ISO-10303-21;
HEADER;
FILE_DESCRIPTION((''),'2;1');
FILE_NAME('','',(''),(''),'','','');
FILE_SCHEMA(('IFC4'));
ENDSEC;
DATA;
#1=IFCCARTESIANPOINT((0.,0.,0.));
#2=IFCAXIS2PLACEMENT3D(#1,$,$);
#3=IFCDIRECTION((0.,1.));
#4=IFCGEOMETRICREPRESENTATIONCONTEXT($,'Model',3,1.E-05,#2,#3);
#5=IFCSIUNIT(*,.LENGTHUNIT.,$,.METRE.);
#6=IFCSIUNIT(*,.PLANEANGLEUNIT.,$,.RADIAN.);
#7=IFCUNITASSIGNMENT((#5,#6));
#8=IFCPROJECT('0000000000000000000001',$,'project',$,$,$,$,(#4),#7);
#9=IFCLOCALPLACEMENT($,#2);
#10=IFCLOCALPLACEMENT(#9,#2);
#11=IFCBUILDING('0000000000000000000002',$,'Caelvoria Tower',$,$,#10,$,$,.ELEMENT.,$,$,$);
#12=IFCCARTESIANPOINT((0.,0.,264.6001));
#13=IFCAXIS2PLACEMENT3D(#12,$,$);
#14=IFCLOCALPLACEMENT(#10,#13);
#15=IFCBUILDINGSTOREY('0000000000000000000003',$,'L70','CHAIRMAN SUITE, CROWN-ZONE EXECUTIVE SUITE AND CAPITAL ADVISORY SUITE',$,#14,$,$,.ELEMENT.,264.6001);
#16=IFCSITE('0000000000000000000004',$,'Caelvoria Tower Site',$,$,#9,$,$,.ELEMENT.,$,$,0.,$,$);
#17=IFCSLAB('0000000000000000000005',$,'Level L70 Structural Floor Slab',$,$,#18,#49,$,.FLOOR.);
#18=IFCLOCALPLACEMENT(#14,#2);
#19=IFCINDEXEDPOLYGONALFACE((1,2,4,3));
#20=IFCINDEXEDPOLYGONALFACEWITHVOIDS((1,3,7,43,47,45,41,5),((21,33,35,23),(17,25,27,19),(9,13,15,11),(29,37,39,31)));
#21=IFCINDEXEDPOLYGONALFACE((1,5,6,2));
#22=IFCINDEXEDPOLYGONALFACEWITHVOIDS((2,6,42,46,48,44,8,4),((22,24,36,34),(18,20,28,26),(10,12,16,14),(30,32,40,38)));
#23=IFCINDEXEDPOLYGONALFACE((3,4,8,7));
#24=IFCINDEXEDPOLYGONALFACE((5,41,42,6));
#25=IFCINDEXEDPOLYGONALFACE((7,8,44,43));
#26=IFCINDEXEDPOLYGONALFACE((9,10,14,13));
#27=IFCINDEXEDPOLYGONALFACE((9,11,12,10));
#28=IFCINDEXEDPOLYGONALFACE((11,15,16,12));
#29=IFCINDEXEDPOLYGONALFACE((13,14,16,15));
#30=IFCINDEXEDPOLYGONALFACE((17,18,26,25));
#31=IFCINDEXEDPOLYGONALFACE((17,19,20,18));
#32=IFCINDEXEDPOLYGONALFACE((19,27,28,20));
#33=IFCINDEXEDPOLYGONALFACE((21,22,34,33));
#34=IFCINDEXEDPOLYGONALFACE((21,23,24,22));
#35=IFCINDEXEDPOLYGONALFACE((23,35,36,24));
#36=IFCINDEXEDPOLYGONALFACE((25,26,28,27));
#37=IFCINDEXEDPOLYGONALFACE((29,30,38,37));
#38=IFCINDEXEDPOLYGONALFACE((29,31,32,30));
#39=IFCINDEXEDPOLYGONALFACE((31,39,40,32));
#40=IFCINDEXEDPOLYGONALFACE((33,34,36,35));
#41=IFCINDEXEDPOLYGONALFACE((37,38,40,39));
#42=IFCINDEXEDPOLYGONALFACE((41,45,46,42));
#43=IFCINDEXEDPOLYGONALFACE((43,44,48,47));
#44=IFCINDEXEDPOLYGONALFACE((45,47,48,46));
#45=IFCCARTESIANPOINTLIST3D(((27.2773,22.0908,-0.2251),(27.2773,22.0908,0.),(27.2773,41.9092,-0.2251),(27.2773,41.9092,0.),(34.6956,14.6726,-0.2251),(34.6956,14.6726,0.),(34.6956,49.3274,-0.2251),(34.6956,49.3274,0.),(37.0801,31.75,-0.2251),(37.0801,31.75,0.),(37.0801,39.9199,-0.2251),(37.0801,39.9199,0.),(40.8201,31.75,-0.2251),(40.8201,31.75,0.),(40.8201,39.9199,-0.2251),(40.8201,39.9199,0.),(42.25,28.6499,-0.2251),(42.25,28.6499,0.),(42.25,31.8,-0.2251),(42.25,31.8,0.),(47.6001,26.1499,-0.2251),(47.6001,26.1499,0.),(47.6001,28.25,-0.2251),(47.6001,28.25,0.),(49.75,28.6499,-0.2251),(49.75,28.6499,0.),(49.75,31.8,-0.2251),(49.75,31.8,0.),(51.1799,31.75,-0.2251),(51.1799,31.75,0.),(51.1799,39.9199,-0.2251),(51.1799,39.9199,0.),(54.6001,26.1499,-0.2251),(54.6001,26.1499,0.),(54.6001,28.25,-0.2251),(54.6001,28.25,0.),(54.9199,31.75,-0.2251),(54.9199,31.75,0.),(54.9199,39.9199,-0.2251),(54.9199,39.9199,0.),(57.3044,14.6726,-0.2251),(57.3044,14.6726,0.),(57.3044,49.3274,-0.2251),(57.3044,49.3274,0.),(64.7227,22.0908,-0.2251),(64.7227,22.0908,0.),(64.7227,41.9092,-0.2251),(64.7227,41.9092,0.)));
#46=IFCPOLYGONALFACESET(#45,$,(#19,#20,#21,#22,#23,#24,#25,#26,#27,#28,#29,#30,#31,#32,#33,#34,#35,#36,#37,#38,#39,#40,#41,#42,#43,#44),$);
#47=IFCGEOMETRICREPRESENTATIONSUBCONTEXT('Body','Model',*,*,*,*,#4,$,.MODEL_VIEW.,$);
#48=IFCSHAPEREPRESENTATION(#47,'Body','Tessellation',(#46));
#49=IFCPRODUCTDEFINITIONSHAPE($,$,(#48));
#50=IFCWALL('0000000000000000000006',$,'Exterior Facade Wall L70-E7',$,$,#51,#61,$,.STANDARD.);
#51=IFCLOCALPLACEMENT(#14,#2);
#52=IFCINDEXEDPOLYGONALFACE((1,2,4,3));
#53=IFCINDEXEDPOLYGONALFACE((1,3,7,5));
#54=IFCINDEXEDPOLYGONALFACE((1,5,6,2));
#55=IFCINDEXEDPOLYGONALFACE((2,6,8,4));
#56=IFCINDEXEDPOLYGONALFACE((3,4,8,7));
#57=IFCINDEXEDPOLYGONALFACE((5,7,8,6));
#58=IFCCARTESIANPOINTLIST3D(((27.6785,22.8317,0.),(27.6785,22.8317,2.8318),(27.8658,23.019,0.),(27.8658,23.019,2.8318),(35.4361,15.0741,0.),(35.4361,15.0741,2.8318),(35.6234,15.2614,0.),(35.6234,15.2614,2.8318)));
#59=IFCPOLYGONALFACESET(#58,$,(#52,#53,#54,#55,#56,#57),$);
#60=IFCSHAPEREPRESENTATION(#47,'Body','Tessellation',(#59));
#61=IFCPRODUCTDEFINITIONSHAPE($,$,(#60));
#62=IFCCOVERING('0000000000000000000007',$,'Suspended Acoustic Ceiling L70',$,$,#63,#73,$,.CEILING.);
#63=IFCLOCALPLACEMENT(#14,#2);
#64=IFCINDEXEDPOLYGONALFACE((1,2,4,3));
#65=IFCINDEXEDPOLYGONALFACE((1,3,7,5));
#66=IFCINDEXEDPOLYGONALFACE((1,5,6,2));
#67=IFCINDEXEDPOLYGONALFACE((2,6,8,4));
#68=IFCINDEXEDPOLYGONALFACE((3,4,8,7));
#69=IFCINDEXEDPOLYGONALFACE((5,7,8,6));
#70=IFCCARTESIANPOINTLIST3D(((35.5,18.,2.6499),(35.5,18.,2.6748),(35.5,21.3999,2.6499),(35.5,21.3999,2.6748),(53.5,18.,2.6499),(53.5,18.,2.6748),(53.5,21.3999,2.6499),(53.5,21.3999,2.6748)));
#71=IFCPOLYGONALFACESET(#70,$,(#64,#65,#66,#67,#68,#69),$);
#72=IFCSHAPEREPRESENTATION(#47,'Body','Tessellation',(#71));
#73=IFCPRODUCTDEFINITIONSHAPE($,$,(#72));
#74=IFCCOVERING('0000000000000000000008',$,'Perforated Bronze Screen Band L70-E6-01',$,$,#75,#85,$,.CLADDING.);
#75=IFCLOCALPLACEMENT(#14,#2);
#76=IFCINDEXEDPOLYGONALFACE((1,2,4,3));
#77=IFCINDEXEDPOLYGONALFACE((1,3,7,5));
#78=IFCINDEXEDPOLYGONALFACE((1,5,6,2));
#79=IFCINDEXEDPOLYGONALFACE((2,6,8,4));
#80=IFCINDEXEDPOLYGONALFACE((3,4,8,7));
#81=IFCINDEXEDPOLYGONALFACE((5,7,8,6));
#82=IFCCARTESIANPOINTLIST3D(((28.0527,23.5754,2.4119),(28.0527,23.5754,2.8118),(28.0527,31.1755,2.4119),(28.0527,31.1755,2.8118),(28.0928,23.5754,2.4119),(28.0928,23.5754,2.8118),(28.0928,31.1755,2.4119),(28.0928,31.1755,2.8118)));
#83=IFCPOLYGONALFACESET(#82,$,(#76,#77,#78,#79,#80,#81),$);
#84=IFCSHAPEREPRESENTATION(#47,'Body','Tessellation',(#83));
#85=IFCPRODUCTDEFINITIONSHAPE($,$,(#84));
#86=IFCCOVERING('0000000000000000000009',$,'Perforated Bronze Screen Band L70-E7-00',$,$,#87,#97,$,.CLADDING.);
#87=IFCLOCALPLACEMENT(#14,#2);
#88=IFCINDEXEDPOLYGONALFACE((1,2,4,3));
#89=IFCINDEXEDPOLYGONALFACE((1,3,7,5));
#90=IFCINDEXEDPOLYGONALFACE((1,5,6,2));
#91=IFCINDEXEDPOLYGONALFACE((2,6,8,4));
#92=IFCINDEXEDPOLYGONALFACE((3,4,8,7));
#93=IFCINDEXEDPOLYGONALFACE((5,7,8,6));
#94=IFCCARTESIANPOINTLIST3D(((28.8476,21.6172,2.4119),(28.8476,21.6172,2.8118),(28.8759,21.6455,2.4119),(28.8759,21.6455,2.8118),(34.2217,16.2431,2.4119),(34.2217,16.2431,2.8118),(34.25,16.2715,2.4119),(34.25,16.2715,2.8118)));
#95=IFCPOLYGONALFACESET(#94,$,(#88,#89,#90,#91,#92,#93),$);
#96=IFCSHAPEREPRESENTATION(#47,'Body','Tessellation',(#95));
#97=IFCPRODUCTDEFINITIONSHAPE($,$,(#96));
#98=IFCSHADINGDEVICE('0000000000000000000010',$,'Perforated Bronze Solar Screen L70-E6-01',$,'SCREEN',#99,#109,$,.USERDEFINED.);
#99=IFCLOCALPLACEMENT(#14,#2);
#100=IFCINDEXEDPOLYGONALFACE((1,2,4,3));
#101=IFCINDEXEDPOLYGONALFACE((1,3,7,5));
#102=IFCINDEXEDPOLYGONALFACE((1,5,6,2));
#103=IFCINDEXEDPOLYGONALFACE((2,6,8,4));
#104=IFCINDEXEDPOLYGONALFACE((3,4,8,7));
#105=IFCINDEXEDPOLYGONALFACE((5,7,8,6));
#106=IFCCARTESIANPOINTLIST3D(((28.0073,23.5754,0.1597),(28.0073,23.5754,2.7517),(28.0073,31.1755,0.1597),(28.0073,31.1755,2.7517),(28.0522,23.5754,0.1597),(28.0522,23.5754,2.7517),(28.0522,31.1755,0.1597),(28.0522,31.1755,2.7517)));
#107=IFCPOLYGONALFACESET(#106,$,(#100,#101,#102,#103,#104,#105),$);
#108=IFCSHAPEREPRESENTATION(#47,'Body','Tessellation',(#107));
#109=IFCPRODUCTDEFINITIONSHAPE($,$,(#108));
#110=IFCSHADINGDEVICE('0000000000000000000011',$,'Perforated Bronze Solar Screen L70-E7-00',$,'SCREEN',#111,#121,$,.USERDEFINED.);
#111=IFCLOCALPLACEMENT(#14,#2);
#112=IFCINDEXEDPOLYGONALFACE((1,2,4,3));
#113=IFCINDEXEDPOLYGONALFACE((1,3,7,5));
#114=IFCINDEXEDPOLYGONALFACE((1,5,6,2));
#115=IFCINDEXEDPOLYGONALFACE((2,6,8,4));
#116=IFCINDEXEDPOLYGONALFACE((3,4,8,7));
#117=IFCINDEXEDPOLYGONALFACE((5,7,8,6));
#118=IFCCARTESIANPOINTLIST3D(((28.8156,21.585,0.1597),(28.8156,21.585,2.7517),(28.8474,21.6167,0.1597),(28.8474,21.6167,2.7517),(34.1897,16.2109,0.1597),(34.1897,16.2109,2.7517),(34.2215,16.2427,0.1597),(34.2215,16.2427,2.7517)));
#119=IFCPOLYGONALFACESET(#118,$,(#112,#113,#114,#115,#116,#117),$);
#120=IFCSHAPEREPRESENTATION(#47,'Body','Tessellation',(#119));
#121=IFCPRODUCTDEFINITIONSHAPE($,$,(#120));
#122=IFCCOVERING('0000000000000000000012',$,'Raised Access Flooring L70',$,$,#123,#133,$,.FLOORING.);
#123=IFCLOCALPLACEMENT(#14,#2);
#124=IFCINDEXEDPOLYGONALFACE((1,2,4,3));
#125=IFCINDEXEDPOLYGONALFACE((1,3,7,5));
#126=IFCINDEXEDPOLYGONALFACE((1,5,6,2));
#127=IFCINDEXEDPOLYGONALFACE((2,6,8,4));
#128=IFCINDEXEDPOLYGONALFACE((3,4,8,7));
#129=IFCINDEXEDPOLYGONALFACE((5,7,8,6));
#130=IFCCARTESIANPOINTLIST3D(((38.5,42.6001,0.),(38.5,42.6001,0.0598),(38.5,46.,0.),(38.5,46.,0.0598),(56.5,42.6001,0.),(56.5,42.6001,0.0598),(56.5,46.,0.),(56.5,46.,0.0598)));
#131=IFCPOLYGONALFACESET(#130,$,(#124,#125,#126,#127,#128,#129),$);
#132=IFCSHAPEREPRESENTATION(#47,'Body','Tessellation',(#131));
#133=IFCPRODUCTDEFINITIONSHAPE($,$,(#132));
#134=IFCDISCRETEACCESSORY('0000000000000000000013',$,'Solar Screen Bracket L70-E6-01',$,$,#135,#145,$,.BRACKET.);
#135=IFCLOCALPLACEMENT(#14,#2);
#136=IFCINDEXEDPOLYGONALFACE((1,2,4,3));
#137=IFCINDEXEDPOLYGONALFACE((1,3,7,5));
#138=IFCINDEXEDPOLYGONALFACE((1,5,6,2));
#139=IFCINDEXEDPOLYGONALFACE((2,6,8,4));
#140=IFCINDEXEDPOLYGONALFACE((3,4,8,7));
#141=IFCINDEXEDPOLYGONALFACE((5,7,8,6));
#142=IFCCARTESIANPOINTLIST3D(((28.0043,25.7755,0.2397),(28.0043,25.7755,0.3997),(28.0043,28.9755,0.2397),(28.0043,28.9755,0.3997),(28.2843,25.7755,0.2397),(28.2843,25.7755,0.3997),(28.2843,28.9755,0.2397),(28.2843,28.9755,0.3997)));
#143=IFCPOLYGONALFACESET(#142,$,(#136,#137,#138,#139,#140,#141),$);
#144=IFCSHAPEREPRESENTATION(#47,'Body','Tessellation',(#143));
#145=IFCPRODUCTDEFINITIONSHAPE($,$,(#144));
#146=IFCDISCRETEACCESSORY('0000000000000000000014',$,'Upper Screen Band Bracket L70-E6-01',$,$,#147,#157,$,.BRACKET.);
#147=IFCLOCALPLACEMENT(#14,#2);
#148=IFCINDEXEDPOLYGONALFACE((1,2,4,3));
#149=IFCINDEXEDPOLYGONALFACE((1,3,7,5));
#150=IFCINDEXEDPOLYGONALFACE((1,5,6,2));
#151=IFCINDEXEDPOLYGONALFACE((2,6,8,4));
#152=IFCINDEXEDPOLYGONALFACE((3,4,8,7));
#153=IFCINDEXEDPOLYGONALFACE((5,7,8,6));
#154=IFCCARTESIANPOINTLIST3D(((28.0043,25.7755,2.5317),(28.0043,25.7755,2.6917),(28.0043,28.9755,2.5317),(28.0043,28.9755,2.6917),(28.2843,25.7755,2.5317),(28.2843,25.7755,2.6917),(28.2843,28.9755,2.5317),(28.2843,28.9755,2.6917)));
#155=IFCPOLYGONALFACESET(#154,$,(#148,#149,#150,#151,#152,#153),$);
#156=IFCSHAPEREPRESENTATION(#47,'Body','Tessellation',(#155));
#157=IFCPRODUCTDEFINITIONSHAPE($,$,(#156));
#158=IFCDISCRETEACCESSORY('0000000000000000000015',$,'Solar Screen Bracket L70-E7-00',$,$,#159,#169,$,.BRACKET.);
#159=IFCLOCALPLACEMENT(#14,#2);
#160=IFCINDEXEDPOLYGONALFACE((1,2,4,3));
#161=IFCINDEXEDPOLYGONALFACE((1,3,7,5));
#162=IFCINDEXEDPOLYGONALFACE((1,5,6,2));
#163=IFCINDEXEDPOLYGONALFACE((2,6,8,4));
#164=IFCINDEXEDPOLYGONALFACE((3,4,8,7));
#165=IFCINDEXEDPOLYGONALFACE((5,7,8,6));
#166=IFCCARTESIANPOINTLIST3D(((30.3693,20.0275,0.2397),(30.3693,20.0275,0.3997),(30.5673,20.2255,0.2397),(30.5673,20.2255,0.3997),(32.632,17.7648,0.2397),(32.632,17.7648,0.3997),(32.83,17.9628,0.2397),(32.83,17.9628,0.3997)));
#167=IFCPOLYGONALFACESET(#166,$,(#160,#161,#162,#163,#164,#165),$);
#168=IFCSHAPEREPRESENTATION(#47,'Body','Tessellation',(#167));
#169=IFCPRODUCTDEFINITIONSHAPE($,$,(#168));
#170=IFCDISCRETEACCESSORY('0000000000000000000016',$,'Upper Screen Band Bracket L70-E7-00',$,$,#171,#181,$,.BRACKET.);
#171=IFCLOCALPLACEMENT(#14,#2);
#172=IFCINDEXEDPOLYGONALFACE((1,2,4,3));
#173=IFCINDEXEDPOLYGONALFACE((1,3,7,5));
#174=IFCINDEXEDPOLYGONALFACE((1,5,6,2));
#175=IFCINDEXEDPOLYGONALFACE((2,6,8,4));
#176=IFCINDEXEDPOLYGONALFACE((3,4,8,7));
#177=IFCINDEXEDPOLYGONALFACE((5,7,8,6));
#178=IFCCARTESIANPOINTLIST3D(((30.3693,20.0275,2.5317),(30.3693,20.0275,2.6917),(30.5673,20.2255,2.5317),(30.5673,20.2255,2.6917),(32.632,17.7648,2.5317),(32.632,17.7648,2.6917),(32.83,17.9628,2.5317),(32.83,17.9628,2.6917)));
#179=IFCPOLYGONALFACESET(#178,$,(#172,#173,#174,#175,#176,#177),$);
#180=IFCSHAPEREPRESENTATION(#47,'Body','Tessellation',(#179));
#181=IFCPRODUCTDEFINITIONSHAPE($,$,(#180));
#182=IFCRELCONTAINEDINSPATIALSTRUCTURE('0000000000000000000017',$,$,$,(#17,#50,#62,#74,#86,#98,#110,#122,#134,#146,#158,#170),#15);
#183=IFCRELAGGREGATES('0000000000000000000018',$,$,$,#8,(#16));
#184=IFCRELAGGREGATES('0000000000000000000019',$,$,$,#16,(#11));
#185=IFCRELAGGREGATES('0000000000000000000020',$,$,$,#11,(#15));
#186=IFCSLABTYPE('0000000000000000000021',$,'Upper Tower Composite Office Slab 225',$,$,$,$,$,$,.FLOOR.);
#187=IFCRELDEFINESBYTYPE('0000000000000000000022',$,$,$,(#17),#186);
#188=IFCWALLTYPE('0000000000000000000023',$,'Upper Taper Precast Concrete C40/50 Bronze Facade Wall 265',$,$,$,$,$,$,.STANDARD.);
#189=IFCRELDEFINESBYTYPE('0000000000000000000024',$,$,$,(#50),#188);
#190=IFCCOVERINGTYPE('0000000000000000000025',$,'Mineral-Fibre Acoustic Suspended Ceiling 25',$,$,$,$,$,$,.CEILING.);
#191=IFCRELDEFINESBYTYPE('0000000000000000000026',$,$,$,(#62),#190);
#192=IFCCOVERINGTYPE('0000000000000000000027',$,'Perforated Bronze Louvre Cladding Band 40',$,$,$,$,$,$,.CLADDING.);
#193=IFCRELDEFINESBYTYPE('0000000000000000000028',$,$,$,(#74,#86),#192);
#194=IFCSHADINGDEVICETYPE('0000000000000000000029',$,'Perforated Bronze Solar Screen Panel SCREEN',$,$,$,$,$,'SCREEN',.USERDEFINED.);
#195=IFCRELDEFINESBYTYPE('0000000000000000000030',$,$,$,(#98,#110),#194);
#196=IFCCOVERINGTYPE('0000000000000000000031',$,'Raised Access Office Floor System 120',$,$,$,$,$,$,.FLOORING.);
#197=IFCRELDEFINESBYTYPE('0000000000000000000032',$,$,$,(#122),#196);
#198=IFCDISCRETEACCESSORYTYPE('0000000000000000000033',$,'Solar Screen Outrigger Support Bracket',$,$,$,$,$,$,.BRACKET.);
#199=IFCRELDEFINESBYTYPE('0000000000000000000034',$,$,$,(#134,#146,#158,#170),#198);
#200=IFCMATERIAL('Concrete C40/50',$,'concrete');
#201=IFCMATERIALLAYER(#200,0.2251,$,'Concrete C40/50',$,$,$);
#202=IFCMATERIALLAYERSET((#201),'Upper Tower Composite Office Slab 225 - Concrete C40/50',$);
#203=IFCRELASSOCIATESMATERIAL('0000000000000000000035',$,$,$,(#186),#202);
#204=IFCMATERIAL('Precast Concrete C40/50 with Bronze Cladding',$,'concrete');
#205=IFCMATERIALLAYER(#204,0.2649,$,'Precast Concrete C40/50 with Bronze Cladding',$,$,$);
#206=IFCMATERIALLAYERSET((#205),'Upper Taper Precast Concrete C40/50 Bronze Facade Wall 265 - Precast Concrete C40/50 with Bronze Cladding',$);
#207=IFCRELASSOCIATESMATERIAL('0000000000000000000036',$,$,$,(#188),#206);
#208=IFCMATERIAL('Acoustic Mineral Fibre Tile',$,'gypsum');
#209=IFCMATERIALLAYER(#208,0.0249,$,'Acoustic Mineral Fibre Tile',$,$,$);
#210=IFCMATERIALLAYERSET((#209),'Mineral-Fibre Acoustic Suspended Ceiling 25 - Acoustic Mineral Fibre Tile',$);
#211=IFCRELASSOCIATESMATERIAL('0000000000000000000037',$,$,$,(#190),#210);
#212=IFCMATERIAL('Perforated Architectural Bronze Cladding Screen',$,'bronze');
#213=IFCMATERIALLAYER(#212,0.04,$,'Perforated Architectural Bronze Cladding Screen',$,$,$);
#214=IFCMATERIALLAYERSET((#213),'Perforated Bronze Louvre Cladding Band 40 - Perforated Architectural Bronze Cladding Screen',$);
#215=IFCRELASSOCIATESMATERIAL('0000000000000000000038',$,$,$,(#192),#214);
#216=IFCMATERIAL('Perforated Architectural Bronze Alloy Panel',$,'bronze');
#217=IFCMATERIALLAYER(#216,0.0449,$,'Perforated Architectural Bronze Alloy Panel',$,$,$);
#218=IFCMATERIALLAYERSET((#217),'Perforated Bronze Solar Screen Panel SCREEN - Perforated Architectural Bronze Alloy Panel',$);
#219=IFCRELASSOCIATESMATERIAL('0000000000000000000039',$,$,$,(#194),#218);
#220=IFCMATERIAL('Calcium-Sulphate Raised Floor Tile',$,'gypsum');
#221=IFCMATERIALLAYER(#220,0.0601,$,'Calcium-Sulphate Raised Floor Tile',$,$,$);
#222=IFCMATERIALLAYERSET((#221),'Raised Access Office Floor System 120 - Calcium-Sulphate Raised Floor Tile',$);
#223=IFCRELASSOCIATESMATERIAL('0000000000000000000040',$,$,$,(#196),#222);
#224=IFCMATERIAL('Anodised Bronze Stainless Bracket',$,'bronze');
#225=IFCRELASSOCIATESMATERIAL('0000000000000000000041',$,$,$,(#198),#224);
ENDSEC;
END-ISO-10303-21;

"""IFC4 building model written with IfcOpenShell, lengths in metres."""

from ifc_helpers import new_model, si_unit, direction, frame, frame_2d, origin, origin_2d, place, context, subcontext, project, spatial, polyline, rectangle, outline, extrude, material, layer, layer_set, type_object, element, save


model = new_model("IFC4")

# Units and contexts
model_context = context("Model", 3, precision=1e-05, world=origin(), true_north=direction((0.0, 1.0)))
body_context = subcontext(model_context, "Body", "Model", "MODEL_VIEW")
ifc_project = project(units=[si_unit("LENGTHUNIT", "METRE"), si_unit("PLANEANGLEUNIT", "RADIAN")], contexts=[model_context])

# Site, building, storey
site_placement = place(None, origin())
site = spatial("IfcSite", under=ifc_project, at=site_placement, Name="Caelvoria Tower Site", CompositionType="ELEMENT", RefElevation=0.0)
building_placement = place(site_placement, origin())
building = spatial("IfcBuilding", under=site, at=building_placement, Name="Caelvoria Tower", CompositionType="ELEMENT")
storey_placement = place(building_placement, frame((0.0, 0.0, 264.6001)))
storey = spatial("IfcBuildingStorey", under=building, at=storey_placement, Name="L70", Description="CHAIRMAN SUITE, CROWN-ZONE EXECUTIVE SUITE AND CAPITAL ADVISORY SUITE", CompositionType="ELEMENT", Elevation=264.6001)

# Shared definitions
ifc_material_1 = material(Name="Concrete C40/50", Category="concrete")

# Slab
ifc_layer_1 = layer(ifc_material_1, 0.2251, Name="Concrete C40/50")
ifc_layer_set_1 = layer_set([ifc_layer_1], Name="Upper Tower Composite Office Slab 225 - Concrete C40/50")
slab_type_1 = type_object("IfcSlabType", Name="Upper Tower Composite Office Slab 225", PredefinedType="FLOOR", material=ifc_layer_set_1)
slab_1_placement = place(storey_placement, frame((0.0, 0.0, -0.2251)))
element("IfcSlab", 1, at=slab_1_placement, inside=storey, type_object=slab_type_1, Name="Level L70 Structural Floor Slab", PredefinedType="FLOOR", context=body_context, shape_type="SweptSolid", body=[
    extrude(outline(polyline([(34.6956, 14.6726), (57.3044, 14.6726), (64.7227, 22.0908), (64.7227, 41.9092), (57.3044, 49.3274), (34.6956, 49.3274), (27.2773, 41.9092), (27.2773, 22.0908), (34.6956, 14.6726)]), holes=[polyline([(37.0801, 31.75), (40.8201, 31.75), (40.8201, 39.9199), (37.0801, 39.9199), (37.0801, 31.75)]), polyline([(51.1799, 31.75), (54.9199, 31.75), (54.9199, 39.9199), (51.1799, 39.9199), (51.1799, 31.75)]), polyline([(42.25, 28.6499), (49.75, 28.6499), (49.75, 31.8), (42.25, 31.8), (42.25, 28.6499)]), polyline([(47.6001, 26.1499), (54.6001, 26.1499), (54.6001, 28.25), (47.6001, 28.25), (47.6001, 26.1499)])]), origin(), (0.0, 0.0, 1.0), 0.2251),
])

# Wall
ifc_material_2 = material(Name="Precast Concrete C40/50 with Bronze Cladding", Category="concrete")
ifc_layer_2 = layer(ifc_material_2, 0.2649, Name="Precast Concrete C40/50 with Bronze Cladding")
ifc_layer_set_2 = layer_set([ifc_layer_2], Name="Upper Taper Precast Concrete C40/50 Bronze Facade Wall 265 - Precast Concrete C40/50 with Bronze Cladding")
wall_type = type_object("IfcWallType", Name="Upper Taper Precast Concrete C40/50 Bronze Facade Wall 265", PredefinedType="STANDARD", material=ifc_layer_set_2)
wall_placement = place(storey_placement, frame((27.7722, 22.9253, 0.0), z_axis=(0.0, 0.0, 1.0), x_axis=(0.707107, -0.707107, 0.0)))
element("IfcWall", 2, at=wall_placement, inside=storey, type_object=wall_type, Name="Exterior Facade Wall L70-E7", PredefinedType="STANDARD", context=body_context, shape_type="SweptSolid", body=[
    extrude(rectangle(XDim=10.9709, YDim=0.2649, at=frame_2d((5.4854, 0.0))), origin(), (0.0, 0.0, 1.0), 2.8318),
])

# Coverings
ifc_material_3 = material(Name="Acoustic Mineral Fibre Tile", Category="gypsum")
ifc_layer_3 = layer(ifc_material_3, 0.0249, Name="Acoustic Mineral Fibre Tile")
ifc_layer_set_3 = layer_set([ifc_layer_3], Name="Mineral-Fibre Acoustic Suspended Ceiling 25 - Acoustic Mineral Fibre Tile")
covering_type_1 = type_object("IfcCoveringType", Name="Mineral-Fibre Acoustic Suspended Ceiling 25", PredefinedType="CEILING", material=ifc_layer_set_3)
covering_1_placement = place(storey_placement, frame((0.0, 0.0, 2.6499)))
element("IfcCovering", 3, at=covering_1_placement, inside=storey, type_object=covering_type_1, Name="Suspended Acoustic Ceiling L70", PredefinedType="CEILING", context=body_context, shape_type="SweptSolid", body=[
    extrude(outline(polyline([(35.5, 18.0), (53.5, 18.0), (53.5, 21.3999), (35.5, 21.3999), (35.5, 18.0)])), origin(), (0.0, 0.0, 1.0), 0.0249),
])
ifc_material_4 = material(Name="Perforated Architectural Bronze Cladding Screen", Category="bronze")
ifc_layer_4 = layer(ifc_material_4, 0.04, Name="Perforated Architectural Bronze Cladding Screen")
ifc_layer_set_4 = layer_set([ifc_layer_4], Name="Perforated Bronze Louvre Cladding Band 40 - Perforated Architectural Bronze Cladding Screen")
covering_type_2 = type_object("IfcCoveringType", Name="Perforated Bronze Louvre Cladding Band 40", PredefinedType="CLADDING", material=ifc_layer_set_4)
for number, where, z_axis, x_axis, name in (
    (4, (28.0728, 27.3755, 2.4119), (0.0, 0.0, 1.0), (0.0, -1.0, 0.0), "Perforated Bronze Screen Band L70-E6-01"),
    (5, (31.5488, 18.9443, 2.4119), (0.0, 0.0, 1.0), (0.707107, -0.707107, 0.0), "Perforated Bronze Screen Band L70-E7-00"),
):
    element("IfcCovering", number, at=place(storey_placement, frame(where, z_axis=z_axis, x_axis=x_axis)), inside=storey, type_object=covering_type_2, Name=name, PredefinedType="CLADDING", context=body_context, shape_type="SweptSolid", body=[
        extrude(rectangle(XDim=7.6001, YDim=0.04, at=origin_2d()), origin(), (0.0, 0.0, 1.0), 0.3999),
    ])

# Shading devices
ifc_material_5 = material(Name="Perforated Architectural Bronze Alloy Panel", Category="bronze")
ifc_layer_5 = layer(ifc_material_5, 0.0449, Name="Perforated Architectural Bronze Alloy Panel")
ifc_layer_set_5 = layer_set([ifc_layer_5], Name="Perforated Bronze Solar Screen Panel SCREEN - Perforated Architectural Bronze Alloy Panel")
shading_device_type = type_object("IfcShadingDeviceType", Name="Perforated Bronze Solar Screen Panel SCREEN", ElementType="SCREEN", PredefinedType="USERDEFINED", material=ifc_layer_set_5)
for number, where, z_axis, x_axis, name in (
    (6, (28.0298, 27.3755, 0.1597), (0.0, 0.0, 1.0), (0.0, -1.0, 0.0), "Perforated Bronze Solar Screen L70-E6-01"),
    (7, (31.5186, 18.9138, 0.1597), (0.0, 0.0, 1.0), (0.707107, -0.707107, 0.0), "Perforated Bronze Solar Screen L70-E7-00"),
):
    element("IfcShadingDevice", number, at=place(storey_placement, frame(where, z_axis=z_axis, x_axis=x_axis)), inside=storey, type_object=shading_device_type, Name=name, ObjectType="SCREEN", PredefinedType="USERDEFINED", context=body_context, shape_type="SweptSolid", body=[
        extrude(rectangle(XDim=7.6001, YDim=0.0449, at=origin_2d()), origin(), (0.0, 0.0, 1.0), 2.592),
    ])

# Covering
ifc_material_6 = material(Name="Calcium-Sulphate Raised Floor Tile", Category="gypsum")
ifc_layer_6 = layer(ifc_material_6, 0.0601, Name="Calcium-Sulphate Raised Floor Tile")
ifc_layer_set_6 = layer_set([ifc_layer_6], Name="Raised Access Office Floor System 120 - Calcium-Sulphate Raised Floor Tile")
covering_type_3 = type_object("IfcCoveringType", Name="Raised Access Office Floor System 120", PredefinedType="FLOORING", material=ifc_layer_set_6)
covering_2_placement = place(storey_placement, origin())
element("IfcCovering", 8, at=covering_2_placement, inside=storey, type_object=covering_type_3, Name="Raised Access Flooring L70", PredefinedType="FLOORING", context=body_context, shape_type="SweptSolid", body=[
    extrude(outline(polyline([(38.5, 42.6001), (56.5, 42.6001), (56.5, 46.0), (38.5, 46.0), (38.5, 42.6001)])), origin(), (0.0, 0.0, 1.0), 0.0598),
])

# Discrete accessories
ifc_material_7 = material(Name="Anodised Bronze Stainless Bracket", Category="bronze")
discrete_accessory_type = type_object("IfcDiscreteAccessoryType", Name="Solar Screen Outrigger Support Bracket", PredefinedType="BRACKET", material=ifc_material_7)
for number, where, z_axis, x_axis, name in (
    (9, (28.1443, 27.3755, 0.2397), (0.0, 0.0, 1.0), (0.0, -1.0, 0.0), "Solar Screen Bracket L70-E6-01"),
    (10, (28.1443, 27.3755, 2.5317), (0.0, 0.0, 1.0), (0.0, -1.0, 0.0), "Upper Screen Band Bracket L70-E6-01"),
    (11, (31.5996, 18.9951, 0.2397), (0.0, 0.0, 1.0), (0.707107, -0.707107, 0.0), "Solar Screen Bracket L70-E7-00"),
    (12, (31.5996, 18.9951, 2.5317), (0.0, 0.0, 1.0), (0.707107, -0.707107, 0.0), "Upper Screen Band Bracket L70-E7-00"),
):
    element("IfcDiscreteAccessory", number, at=place(storey_placement, frame(where, z_axis=z_axis, x_axis=x_axis)), inside=storey, type_object=discrete_accessory_type, Name=name, PredefinedType="BRACKET", context=body_context, shape_type="SweptSolid", body=[
        extrude(rectangle(XDim=3.2, YDim=0.28, at=origin_2d()), origin(), (0.0, 0.0, 1.0), 0.1599),
    ])

save(model, "model.ifc")
